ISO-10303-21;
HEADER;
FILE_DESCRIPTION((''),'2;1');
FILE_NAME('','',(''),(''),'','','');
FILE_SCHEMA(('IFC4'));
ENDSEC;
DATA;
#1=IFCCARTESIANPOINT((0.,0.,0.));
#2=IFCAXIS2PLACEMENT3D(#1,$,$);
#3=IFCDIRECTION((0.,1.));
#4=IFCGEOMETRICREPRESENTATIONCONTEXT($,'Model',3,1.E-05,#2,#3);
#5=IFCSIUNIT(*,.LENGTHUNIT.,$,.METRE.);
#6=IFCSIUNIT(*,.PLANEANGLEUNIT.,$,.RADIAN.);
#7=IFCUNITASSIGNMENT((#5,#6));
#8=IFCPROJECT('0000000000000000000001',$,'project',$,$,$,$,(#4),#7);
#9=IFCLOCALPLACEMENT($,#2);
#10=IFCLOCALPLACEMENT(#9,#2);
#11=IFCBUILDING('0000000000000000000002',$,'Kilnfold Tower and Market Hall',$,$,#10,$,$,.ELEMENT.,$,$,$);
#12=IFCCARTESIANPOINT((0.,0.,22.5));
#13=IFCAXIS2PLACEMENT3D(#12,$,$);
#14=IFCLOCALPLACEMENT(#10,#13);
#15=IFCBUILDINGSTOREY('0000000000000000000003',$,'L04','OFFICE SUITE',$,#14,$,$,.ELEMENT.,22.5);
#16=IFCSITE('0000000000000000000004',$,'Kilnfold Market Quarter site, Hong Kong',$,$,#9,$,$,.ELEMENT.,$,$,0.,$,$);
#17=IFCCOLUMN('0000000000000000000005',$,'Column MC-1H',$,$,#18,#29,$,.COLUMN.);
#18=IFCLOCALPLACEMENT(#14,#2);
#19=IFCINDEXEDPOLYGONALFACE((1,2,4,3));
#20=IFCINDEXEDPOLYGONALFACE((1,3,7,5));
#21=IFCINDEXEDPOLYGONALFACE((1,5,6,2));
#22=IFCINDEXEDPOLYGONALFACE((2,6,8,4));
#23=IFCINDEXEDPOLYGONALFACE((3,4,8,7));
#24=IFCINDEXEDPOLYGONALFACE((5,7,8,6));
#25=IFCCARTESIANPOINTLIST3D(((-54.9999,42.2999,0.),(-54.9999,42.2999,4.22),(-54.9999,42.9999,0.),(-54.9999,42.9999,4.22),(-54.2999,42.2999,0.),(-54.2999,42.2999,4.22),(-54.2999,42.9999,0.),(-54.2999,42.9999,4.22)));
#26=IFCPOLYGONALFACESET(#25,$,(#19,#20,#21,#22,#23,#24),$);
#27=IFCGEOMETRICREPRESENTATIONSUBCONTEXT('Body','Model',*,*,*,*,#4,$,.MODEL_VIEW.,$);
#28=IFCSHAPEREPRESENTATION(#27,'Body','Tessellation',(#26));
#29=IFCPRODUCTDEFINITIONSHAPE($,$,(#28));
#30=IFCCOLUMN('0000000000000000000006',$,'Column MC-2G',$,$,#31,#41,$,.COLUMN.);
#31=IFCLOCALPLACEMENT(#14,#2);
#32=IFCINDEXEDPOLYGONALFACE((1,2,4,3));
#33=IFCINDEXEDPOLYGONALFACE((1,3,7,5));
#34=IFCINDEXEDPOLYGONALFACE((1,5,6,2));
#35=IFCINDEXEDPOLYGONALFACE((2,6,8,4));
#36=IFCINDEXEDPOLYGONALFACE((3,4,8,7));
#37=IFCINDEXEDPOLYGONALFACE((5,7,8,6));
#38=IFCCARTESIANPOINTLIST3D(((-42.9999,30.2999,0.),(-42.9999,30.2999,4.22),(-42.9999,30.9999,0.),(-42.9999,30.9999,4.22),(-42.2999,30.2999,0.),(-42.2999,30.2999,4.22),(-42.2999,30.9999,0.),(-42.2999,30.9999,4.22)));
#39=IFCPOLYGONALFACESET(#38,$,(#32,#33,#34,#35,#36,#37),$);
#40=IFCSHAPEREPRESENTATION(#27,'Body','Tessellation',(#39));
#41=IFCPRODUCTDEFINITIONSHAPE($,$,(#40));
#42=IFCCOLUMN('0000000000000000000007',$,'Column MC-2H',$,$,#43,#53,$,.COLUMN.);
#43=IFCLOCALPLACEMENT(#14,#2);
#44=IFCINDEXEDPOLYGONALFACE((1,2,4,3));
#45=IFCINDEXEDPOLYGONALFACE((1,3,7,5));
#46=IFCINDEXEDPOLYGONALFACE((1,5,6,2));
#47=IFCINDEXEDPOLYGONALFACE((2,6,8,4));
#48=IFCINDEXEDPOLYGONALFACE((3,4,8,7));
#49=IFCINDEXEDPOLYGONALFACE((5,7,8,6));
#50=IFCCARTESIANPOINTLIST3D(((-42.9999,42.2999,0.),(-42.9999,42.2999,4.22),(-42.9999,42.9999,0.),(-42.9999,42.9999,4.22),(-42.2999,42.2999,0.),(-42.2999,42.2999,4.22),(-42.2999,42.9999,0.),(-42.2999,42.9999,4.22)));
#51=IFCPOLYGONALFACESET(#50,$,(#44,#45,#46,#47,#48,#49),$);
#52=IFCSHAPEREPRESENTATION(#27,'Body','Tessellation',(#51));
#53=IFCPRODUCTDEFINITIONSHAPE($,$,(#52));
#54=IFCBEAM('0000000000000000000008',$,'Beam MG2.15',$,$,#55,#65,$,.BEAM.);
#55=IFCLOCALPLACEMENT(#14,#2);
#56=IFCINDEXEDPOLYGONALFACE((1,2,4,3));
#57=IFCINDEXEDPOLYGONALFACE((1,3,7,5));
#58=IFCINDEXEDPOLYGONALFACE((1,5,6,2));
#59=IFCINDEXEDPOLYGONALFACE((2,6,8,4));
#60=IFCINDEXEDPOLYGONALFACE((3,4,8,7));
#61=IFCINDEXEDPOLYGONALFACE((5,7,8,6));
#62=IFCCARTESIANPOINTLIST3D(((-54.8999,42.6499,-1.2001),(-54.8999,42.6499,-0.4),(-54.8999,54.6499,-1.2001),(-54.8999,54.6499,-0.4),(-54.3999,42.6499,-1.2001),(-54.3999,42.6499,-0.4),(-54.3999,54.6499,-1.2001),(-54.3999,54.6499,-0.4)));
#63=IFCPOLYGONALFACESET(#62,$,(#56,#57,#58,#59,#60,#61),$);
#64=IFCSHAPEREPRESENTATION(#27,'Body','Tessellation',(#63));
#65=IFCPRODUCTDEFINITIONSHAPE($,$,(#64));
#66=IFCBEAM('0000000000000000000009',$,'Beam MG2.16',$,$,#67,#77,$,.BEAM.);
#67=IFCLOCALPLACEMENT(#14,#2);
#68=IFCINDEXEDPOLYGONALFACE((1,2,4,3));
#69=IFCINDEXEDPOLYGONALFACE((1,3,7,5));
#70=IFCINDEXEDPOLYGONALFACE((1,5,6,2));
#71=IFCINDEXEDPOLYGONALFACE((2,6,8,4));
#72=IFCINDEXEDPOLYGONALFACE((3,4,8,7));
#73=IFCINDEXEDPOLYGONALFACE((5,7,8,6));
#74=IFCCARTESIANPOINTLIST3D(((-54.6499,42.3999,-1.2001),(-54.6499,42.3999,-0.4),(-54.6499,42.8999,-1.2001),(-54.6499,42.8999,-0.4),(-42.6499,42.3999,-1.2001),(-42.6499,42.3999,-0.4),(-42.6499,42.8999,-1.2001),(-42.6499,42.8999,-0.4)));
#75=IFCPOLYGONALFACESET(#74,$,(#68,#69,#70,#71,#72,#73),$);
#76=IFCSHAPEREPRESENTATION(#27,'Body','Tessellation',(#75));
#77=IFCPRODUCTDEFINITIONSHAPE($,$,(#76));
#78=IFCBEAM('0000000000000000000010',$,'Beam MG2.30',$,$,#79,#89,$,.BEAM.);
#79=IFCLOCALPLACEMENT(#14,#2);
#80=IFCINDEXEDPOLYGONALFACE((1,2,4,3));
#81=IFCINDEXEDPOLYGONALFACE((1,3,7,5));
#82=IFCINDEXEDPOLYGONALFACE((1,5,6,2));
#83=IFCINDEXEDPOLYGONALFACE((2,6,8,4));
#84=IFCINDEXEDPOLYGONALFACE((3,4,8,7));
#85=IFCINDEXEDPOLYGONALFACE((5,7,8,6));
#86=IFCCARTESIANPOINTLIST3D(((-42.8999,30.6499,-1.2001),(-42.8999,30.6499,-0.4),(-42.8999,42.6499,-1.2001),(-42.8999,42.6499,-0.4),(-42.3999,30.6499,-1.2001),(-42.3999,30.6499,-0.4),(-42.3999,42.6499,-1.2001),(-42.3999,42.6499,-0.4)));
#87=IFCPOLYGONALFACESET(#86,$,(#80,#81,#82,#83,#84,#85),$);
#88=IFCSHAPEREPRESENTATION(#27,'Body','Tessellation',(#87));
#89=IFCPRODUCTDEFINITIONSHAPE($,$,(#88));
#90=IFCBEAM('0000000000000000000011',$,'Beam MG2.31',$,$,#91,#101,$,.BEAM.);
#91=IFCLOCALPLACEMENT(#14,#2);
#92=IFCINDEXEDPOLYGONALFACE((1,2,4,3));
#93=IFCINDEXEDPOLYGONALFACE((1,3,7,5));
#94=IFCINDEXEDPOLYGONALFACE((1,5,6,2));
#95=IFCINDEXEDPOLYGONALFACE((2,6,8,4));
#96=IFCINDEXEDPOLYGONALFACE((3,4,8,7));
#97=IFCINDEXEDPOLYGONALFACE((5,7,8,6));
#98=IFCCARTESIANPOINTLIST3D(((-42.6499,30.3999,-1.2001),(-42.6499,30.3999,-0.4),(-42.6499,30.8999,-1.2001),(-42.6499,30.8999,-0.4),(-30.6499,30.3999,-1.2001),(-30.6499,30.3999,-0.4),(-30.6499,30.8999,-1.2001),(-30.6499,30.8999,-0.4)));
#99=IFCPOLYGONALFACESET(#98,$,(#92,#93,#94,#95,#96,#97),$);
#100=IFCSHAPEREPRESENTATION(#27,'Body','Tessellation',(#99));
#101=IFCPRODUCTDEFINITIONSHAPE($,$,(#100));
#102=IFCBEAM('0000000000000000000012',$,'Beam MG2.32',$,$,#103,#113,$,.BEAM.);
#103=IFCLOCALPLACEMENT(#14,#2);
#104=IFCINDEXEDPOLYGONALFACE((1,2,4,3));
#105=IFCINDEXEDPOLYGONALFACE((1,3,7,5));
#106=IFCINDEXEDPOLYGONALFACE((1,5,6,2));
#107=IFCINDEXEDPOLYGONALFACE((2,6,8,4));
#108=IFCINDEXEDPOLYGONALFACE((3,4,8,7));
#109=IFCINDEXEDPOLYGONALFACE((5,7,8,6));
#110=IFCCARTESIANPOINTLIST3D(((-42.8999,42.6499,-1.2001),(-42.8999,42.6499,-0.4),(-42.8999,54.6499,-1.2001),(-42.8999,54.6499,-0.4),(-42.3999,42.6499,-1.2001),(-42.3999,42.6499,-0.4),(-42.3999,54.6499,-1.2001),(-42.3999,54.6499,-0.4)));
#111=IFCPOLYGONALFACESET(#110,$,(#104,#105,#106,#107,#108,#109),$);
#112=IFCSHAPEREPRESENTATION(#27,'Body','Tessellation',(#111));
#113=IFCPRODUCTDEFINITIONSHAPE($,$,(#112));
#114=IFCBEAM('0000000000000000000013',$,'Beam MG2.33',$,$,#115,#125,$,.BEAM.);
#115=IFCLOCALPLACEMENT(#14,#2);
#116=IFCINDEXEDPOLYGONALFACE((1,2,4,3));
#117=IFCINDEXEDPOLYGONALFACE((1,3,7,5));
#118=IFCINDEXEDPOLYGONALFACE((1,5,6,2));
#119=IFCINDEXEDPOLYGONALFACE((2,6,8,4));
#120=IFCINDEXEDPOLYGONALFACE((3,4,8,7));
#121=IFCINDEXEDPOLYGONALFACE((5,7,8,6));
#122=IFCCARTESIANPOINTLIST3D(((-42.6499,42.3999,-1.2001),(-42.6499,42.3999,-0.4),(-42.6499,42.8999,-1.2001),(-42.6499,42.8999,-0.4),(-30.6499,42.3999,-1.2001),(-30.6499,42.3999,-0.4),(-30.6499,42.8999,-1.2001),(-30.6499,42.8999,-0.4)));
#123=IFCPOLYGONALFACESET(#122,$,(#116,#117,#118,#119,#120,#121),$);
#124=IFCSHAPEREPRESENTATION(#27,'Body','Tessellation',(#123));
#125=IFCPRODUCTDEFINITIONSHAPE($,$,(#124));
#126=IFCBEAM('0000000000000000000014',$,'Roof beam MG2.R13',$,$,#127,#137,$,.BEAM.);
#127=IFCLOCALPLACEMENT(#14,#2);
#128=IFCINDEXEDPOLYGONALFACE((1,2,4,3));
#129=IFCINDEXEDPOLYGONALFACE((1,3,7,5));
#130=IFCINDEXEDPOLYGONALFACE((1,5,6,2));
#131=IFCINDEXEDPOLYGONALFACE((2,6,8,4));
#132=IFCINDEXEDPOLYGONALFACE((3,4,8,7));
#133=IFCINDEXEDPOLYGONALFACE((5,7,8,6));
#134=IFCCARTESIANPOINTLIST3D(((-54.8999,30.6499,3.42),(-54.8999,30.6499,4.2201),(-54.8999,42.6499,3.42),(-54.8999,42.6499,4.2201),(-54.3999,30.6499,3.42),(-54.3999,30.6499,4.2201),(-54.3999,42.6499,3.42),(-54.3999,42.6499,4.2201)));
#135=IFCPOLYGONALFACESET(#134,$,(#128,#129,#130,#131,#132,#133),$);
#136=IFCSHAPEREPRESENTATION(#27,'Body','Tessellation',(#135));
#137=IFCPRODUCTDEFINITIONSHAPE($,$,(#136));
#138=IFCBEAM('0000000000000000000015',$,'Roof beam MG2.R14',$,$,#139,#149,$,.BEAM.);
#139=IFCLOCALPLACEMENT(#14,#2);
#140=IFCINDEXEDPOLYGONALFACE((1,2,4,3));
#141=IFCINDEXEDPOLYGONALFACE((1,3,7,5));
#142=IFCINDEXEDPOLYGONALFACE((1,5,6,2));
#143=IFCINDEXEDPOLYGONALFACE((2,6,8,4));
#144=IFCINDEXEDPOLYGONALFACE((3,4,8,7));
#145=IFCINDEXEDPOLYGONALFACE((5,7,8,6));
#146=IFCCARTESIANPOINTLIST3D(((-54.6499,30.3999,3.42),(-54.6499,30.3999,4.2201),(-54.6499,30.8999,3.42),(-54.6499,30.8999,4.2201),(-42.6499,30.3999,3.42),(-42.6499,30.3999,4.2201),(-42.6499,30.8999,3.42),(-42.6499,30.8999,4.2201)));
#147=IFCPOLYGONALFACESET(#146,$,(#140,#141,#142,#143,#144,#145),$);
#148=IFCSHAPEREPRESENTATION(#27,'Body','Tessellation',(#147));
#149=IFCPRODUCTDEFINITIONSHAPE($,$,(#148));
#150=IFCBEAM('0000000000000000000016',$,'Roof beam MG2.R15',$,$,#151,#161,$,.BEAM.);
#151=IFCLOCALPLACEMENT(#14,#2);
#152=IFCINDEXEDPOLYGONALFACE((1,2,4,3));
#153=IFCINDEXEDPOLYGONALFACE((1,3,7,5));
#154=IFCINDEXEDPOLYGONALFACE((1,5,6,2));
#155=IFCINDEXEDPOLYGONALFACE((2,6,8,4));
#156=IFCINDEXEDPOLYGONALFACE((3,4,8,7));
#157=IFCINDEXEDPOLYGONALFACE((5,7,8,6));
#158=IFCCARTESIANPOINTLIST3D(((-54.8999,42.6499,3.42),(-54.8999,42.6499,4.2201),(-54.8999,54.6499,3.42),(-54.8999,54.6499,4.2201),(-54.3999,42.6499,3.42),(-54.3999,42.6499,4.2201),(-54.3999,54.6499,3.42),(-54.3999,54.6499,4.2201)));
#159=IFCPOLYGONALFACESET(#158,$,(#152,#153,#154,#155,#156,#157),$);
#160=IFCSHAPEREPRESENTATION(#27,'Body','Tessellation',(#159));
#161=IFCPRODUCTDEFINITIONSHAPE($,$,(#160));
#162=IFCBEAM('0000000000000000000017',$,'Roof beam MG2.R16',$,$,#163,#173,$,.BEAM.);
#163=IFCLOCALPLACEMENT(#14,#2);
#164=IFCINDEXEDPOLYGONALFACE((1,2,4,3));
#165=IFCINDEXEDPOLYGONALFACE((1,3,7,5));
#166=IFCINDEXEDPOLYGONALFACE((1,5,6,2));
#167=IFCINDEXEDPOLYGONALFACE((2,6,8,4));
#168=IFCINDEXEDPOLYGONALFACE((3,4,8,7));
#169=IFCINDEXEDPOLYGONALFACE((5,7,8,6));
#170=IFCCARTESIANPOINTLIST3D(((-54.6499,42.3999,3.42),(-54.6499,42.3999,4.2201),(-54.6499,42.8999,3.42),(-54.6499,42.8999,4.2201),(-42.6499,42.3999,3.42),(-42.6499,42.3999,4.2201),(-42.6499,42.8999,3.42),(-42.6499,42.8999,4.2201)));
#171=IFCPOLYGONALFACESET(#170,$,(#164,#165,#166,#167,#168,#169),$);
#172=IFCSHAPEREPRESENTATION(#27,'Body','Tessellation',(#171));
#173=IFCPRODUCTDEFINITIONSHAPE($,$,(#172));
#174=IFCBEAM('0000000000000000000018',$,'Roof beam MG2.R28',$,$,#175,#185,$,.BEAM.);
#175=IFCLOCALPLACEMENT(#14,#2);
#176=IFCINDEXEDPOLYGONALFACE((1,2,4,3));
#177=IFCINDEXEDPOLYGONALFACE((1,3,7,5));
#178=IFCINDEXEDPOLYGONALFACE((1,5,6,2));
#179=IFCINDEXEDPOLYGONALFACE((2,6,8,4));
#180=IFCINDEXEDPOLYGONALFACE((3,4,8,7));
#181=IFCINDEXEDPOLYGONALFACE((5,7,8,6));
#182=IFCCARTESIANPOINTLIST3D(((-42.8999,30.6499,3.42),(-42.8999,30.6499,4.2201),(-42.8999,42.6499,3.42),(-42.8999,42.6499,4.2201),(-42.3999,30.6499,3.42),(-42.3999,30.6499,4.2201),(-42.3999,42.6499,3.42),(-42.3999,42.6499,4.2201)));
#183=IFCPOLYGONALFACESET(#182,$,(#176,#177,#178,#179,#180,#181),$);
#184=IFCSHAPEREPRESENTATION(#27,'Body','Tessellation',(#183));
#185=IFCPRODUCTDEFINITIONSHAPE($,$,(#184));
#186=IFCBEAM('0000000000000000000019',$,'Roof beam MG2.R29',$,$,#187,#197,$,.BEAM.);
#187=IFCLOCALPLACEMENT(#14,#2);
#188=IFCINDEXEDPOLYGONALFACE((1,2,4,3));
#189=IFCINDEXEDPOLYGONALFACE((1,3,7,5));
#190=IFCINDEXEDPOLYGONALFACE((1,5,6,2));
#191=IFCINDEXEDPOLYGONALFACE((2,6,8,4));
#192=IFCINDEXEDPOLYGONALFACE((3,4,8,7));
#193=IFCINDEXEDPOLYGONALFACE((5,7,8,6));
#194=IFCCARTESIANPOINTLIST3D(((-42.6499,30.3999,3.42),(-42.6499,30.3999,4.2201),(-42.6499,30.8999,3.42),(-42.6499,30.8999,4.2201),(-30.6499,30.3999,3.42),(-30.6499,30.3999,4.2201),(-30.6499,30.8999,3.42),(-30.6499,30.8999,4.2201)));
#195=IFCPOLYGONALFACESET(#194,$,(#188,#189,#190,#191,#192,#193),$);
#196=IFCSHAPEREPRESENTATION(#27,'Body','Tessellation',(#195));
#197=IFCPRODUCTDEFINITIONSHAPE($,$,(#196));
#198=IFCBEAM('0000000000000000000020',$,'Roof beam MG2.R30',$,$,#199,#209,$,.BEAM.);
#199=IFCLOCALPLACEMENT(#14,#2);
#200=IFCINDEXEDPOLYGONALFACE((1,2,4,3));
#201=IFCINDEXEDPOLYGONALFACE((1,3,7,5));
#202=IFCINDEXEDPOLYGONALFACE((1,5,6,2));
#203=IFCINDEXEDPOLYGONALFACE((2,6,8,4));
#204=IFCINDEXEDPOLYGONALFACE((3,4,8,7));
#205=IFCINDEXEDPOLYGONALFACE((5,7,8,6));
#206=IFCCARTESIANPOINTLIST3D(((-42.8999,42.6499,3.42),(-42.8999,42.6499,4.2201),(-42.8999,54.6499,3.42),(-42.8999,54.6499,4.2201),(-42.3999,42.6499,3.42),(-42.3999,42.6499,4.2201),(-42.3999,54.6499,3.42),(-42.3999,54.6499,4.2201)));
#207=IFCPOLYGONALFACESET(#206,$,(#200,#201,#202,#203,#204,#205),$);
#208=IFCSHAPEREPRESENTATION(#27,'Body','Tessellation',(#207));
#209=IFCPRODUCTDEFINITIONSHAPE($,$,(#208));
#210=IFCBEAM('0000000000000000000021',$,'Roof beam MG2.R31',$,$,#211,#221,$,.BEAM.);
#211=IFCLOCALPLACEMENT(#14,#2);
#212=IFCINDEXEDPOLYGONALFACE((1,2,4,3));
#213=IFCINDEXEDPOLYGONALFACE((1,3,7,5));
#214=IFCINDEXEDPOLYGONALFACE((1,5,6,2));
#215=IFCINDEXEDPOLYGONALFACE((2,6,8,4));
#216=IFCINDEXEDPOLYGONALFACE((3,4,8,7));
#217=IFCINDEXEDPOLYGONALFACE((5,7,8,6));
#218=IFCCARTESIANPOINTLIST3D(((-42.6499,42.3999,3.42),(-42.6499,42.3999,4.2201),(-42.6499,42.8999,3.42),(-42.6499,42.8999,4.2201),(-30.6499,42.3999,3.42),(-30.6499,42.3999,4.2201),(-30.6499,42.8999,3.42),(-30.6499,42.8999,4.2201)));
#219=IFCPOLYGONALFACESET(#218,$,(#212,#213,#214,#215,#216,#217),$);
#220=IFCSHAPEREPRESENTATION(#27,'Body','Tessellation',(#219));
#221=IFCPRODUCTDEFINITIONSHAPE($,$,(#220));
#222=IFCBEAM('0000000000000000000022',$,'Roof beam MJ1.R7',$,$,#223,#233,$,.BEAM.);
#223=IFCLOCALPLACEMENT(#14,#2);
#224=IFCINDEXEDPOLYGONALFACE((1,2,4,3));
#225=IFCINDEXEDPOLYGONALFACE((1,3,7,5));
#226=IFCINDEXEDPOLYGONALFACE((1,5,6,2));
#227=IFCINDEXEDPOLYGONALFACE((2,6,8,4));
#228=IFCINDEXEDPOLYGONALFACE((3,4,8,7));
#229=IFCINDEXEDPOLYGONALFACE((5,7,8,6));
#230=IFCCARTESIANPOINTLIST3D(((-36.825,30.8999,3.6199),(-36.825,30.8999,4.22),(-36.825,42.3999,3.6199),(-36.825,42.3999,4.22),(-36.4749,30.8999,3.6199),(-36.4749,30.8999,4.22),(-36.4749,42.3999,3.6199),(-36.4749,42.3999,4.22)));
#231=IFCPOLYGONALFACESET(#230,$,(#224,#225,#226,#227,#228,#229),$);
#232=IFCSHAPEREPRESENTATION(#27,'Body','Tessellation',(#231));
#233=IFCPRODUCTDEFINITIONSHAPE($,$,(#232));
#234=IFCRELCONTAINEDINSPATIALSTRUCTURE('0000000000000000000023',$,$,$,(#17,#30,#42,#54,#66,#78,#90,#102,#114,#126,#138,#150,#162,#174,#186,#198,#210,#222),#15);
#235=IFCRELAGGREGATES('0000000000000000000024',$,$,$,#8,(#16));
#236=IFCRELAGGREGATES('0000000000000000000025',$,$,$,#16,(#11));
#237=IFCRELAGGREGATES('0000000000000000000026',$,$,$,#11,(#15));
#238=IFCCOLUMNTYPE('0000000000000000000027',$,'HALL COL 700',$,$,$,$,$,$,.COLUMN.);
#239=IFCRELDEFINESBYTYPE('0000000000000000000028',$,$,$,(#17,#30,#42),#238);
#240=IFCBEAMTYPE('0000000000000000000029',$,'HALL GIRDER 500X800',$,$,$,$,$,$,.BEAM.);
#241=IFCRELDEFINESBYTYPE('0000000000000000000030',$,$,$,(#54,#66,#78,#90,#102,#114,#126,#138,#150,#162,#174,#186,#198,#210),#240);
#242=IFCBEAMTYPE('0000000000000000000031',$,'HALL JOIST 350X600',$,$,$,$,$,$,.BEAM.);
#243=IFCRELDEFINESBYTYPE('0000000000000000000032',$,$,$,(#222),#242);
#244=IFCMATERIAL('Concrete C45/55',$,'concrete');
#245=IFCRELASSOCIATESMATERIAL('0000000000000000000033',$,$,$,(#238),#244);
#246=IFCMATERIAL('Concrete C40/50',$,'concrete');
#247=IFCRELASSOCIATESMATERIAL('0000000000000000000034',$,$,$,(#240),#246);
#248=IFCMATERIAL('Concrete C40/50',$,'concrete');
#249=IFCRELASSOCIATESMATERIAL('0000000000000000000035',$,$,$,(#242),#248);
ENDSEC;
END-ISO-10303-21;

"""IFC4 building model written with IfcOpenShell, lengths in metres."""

from ifc_helpers import new_model, si_unit, direction, frame, origin, origin_2d, place, context, subcontext, project, spatial, rectangle, extrude, source, transform, mapped, material, material_profile, profile_set, type_object, element, save


model = new_model("IFC4")

# Units and contexts
model_context = context("Model", 3, precision=1e-05, world=origin(), true_north=direction((0.0, 1.0)))
body_context = subcontext(model_context, "Body", "Model", "MODEL_VIEW")
ifc_project = project(units=[si_unit("LENGTHUNIT", "METRE"), si_unit("PLANEANGLEUNIT", "RADIAN")], contexts=[model_context])

# Site, building, storey
site_placement = place(None, origin())
site = spatial("IfcSite", under=ifc_project, at=site_placement, Name="Kilnfold Market Quarter site, Hong Kong", CompositionType="ELEMENT", RefElevation=0.0)
building_placement = place(site_placement, origin())
building = spatial("IfcBuilding", under=site, at=building_placement, Name="Kilnfold Tower and Market Hall", CompositionType="ELEMENT")
storey_placement = place(building_placement, frame((0.0, 0.0, 22.5)))
storey = spatial("IfcBuildingStorey", under=building, at=storey_placement, Name="L04", Description="OFFICE SUITE", CompositionType="ELEMENT", Elevation=22.5)

# Columns
ifc_material_1 = material(Name="Concrete C45/55", Category="concrete")
ifc_material_profile_1 = material_profile(ifc_material_1, rectangle(XDim=0.7, YDim=0.7, at=origin_2d()), Name="RC 700x700")
ifc_profile_set_1 = profile_set([ifc_material_profile_1], Name="Concrete C45/55")
column_type = type_object("IfcColumnType", Name="HALL COL 700", PredefinedType="COLUMN", material=ifc_profile_set_1)
shared_shape_1 = source(origin(), body_context, "Body", "SweptSolid", [
    extrude(rectangle(XDim=0.7, YDim=0.7, at=origin_2d()), origin(), (0.0, 0.0, 1.0), 4.22),
])
for number, where, z_axis, x_axis, name in (
    (1, (-54.6499, 42.6499, 0.0), (0.0, 0.0, 1.0), (1.0, 0.0, 0.0), "Column MC-1H"),
    (2, (-42.6499, 30.6499, 0.0), (0.0, 0.0, 1.0), (1.0, 0.0, 0.0), "Column MC-2G"),
    (3, (-42.6499, 42.6499, 0.0), (0.0, 0.0, 1.0), (1.0, 0.0, 0.0), "Column MC-2H"),
):
    element("IfcColumn", number, at=place(storey_placement, frame(where, z_axis=z_axis, x_axis=x_axis)), inside=storey, type_object=column_type, Name=name, PredefinedType="COLUMN", context=body_context, shape_type="MappedRepresentation", body=[
        mapped(shared_shape_1, transform((0.0, 0.0, 0.0))),
    ])

# Beams
ifc_material_2 = material(Name="Concrete C40/50", Category="concrete")
ifc_material_profile_2 = material_profile(ifc_material_2, rectangle(XDim=0.5, YDim=0.8, at=origin_2d()), Name="RC 500x800")
ifc_profile_set_2 = profile_set([ifc_material_profile_2], Name="Concrete C40/50")
beam_type_1 = type_object("IfcBeamType", Name="HALL GIRDER 500X800", PredefinedType="BEAM", material=ifc_profile_set_2)
for number, where, z_axis, x_axis, name in (
    (4, (-54.6499, 42.6499, -0.8), (0.0, 1.0, 0.0), (-1.0, 0.0, 0.0), "Beam MG2.15"),
    (5, (-54.6499, 42.6499, -0.8), (1.0, 0.0, 0.0), (0.0, 1.0, 0.0), "Beam MG2.16"),
    (6, (-42.6499, 30.6499, -0.8), (0.0, 1.0, 0.0), (-1.0, 0.0, 0.0), "Beam MG2.30"),
    (7, (-42.6499, 30.6499, -0.8), (1.0, 0.0, 0.0), (0.0, 1.0, 0.0), "Beam MG2.31"),
    (8, (-42.6499, 42.6499, -0.8), (0.0, 1.0, 0.0), (-1.0, 0.0, 0.0), "Beam MG2.32"),
    (9, (-42.6499, 42.6499, -0.8), (1.0, 0.0, 0.0), (0.0, 1.0, 0.0), "Beam MG2.33"),
    (10, (-54.6499, 30.6499, 3.8201), (0.0, 1.0, 0.0), (-1.0, 0.0, 0.0), "Roof beam MG2.R13"),
    (11, (-54.6499, 30.6499, 3.8201), (1.0, 0.0, 0.0), (0.0, 1.0, 0.0), "Roof beam MG2.R14"),
    (12, (-54.6499, 42.6499, 3.8201), (0.0, 1.0, 0.0), (-1.0, 0.0, 0.0), "Roof beam MG2.R15"),
    (13, (-54.6499, 42.6499, 3.8201), (1.0, 0.0, 0.0), (0.0, 1.0, 0.0), "Roof beam MG2.R16"),
    (14, (-42.6499, 30.6499, 3.8201), (0.0, 1.0, 0.0), (-1.0, 0.0, 0.0), "Roof beam MG2.R28"),
    (15, (-42.6499, 30.6499, 3.8201), (1.0, 0.0, 0.0), (0.0, 1.0, 0.0), "Roof beam MG2.R29"),
    (16, (-42.6499, 42.6499, 3.8201), (0.0, 1.0, 0.0), (-1.0, 0.0, 0.0), "Roof beam MG2.R30"),
    (17, (-42.6499, 42.6499, 3.8201), (1.0, 0.0, 0.0), (0.0, 1.0, 0.0), "Roof beam MG2.R31"),
):
    element("IfcBeam", number, at=place(storey_placement, frame(where, z_axis=z_axis, x_axis=x_axis)), inside=storey, type_object=beam_type_1, Name=name, PredefinedType="BEAM", context=body_context, shape_type="SweptSolid", body=[
        extrude(rectangle(XDim=0.5, YDim=0.8, at=origin_2d()), origin(), (0.0, 0.0, 1.0), 12.0),
    ])
ifc_material_3 = material(Name="Concrete C40/50", Category="concrete")
ifc_material_profile_3 = material_profile(ifc_material_3, rectangle(XDim=0.3501, YDim=0.6001, at=origin_2d()), Name="RC 350x600")
ifc_profile_set_3 = profile_set([ifc_material_profile_3], Name="Concrete C40/50")
beam_type_2 = type_object("IfcBeamType", Name="HALL JOIST 350X600", PredefinedType="BEAM", material=ifc_profile_set_3)
beam_placement = place(storey_placement, frame((-36.6499, 30.8999, 3.9199), z_axis=(0.0, 1.0, 0.0), x_axis=(-1.0, 0.0, 0.0)))
element("IfcBeam", 18, at=beam_placement, inside=storey, type_object=beam_type_2, Name="Roof beam MJ1.R7", PredefinedType="BEAM", context=body_context, shape_type="SweptSolid", body=[
    extrude(rectangle(XDim=0.3501, YDim=0.6001, at=origin_2d()), origin(), (0.0, 0.0, 1.0), 11.5),
])

save(model, "model.ifc")
